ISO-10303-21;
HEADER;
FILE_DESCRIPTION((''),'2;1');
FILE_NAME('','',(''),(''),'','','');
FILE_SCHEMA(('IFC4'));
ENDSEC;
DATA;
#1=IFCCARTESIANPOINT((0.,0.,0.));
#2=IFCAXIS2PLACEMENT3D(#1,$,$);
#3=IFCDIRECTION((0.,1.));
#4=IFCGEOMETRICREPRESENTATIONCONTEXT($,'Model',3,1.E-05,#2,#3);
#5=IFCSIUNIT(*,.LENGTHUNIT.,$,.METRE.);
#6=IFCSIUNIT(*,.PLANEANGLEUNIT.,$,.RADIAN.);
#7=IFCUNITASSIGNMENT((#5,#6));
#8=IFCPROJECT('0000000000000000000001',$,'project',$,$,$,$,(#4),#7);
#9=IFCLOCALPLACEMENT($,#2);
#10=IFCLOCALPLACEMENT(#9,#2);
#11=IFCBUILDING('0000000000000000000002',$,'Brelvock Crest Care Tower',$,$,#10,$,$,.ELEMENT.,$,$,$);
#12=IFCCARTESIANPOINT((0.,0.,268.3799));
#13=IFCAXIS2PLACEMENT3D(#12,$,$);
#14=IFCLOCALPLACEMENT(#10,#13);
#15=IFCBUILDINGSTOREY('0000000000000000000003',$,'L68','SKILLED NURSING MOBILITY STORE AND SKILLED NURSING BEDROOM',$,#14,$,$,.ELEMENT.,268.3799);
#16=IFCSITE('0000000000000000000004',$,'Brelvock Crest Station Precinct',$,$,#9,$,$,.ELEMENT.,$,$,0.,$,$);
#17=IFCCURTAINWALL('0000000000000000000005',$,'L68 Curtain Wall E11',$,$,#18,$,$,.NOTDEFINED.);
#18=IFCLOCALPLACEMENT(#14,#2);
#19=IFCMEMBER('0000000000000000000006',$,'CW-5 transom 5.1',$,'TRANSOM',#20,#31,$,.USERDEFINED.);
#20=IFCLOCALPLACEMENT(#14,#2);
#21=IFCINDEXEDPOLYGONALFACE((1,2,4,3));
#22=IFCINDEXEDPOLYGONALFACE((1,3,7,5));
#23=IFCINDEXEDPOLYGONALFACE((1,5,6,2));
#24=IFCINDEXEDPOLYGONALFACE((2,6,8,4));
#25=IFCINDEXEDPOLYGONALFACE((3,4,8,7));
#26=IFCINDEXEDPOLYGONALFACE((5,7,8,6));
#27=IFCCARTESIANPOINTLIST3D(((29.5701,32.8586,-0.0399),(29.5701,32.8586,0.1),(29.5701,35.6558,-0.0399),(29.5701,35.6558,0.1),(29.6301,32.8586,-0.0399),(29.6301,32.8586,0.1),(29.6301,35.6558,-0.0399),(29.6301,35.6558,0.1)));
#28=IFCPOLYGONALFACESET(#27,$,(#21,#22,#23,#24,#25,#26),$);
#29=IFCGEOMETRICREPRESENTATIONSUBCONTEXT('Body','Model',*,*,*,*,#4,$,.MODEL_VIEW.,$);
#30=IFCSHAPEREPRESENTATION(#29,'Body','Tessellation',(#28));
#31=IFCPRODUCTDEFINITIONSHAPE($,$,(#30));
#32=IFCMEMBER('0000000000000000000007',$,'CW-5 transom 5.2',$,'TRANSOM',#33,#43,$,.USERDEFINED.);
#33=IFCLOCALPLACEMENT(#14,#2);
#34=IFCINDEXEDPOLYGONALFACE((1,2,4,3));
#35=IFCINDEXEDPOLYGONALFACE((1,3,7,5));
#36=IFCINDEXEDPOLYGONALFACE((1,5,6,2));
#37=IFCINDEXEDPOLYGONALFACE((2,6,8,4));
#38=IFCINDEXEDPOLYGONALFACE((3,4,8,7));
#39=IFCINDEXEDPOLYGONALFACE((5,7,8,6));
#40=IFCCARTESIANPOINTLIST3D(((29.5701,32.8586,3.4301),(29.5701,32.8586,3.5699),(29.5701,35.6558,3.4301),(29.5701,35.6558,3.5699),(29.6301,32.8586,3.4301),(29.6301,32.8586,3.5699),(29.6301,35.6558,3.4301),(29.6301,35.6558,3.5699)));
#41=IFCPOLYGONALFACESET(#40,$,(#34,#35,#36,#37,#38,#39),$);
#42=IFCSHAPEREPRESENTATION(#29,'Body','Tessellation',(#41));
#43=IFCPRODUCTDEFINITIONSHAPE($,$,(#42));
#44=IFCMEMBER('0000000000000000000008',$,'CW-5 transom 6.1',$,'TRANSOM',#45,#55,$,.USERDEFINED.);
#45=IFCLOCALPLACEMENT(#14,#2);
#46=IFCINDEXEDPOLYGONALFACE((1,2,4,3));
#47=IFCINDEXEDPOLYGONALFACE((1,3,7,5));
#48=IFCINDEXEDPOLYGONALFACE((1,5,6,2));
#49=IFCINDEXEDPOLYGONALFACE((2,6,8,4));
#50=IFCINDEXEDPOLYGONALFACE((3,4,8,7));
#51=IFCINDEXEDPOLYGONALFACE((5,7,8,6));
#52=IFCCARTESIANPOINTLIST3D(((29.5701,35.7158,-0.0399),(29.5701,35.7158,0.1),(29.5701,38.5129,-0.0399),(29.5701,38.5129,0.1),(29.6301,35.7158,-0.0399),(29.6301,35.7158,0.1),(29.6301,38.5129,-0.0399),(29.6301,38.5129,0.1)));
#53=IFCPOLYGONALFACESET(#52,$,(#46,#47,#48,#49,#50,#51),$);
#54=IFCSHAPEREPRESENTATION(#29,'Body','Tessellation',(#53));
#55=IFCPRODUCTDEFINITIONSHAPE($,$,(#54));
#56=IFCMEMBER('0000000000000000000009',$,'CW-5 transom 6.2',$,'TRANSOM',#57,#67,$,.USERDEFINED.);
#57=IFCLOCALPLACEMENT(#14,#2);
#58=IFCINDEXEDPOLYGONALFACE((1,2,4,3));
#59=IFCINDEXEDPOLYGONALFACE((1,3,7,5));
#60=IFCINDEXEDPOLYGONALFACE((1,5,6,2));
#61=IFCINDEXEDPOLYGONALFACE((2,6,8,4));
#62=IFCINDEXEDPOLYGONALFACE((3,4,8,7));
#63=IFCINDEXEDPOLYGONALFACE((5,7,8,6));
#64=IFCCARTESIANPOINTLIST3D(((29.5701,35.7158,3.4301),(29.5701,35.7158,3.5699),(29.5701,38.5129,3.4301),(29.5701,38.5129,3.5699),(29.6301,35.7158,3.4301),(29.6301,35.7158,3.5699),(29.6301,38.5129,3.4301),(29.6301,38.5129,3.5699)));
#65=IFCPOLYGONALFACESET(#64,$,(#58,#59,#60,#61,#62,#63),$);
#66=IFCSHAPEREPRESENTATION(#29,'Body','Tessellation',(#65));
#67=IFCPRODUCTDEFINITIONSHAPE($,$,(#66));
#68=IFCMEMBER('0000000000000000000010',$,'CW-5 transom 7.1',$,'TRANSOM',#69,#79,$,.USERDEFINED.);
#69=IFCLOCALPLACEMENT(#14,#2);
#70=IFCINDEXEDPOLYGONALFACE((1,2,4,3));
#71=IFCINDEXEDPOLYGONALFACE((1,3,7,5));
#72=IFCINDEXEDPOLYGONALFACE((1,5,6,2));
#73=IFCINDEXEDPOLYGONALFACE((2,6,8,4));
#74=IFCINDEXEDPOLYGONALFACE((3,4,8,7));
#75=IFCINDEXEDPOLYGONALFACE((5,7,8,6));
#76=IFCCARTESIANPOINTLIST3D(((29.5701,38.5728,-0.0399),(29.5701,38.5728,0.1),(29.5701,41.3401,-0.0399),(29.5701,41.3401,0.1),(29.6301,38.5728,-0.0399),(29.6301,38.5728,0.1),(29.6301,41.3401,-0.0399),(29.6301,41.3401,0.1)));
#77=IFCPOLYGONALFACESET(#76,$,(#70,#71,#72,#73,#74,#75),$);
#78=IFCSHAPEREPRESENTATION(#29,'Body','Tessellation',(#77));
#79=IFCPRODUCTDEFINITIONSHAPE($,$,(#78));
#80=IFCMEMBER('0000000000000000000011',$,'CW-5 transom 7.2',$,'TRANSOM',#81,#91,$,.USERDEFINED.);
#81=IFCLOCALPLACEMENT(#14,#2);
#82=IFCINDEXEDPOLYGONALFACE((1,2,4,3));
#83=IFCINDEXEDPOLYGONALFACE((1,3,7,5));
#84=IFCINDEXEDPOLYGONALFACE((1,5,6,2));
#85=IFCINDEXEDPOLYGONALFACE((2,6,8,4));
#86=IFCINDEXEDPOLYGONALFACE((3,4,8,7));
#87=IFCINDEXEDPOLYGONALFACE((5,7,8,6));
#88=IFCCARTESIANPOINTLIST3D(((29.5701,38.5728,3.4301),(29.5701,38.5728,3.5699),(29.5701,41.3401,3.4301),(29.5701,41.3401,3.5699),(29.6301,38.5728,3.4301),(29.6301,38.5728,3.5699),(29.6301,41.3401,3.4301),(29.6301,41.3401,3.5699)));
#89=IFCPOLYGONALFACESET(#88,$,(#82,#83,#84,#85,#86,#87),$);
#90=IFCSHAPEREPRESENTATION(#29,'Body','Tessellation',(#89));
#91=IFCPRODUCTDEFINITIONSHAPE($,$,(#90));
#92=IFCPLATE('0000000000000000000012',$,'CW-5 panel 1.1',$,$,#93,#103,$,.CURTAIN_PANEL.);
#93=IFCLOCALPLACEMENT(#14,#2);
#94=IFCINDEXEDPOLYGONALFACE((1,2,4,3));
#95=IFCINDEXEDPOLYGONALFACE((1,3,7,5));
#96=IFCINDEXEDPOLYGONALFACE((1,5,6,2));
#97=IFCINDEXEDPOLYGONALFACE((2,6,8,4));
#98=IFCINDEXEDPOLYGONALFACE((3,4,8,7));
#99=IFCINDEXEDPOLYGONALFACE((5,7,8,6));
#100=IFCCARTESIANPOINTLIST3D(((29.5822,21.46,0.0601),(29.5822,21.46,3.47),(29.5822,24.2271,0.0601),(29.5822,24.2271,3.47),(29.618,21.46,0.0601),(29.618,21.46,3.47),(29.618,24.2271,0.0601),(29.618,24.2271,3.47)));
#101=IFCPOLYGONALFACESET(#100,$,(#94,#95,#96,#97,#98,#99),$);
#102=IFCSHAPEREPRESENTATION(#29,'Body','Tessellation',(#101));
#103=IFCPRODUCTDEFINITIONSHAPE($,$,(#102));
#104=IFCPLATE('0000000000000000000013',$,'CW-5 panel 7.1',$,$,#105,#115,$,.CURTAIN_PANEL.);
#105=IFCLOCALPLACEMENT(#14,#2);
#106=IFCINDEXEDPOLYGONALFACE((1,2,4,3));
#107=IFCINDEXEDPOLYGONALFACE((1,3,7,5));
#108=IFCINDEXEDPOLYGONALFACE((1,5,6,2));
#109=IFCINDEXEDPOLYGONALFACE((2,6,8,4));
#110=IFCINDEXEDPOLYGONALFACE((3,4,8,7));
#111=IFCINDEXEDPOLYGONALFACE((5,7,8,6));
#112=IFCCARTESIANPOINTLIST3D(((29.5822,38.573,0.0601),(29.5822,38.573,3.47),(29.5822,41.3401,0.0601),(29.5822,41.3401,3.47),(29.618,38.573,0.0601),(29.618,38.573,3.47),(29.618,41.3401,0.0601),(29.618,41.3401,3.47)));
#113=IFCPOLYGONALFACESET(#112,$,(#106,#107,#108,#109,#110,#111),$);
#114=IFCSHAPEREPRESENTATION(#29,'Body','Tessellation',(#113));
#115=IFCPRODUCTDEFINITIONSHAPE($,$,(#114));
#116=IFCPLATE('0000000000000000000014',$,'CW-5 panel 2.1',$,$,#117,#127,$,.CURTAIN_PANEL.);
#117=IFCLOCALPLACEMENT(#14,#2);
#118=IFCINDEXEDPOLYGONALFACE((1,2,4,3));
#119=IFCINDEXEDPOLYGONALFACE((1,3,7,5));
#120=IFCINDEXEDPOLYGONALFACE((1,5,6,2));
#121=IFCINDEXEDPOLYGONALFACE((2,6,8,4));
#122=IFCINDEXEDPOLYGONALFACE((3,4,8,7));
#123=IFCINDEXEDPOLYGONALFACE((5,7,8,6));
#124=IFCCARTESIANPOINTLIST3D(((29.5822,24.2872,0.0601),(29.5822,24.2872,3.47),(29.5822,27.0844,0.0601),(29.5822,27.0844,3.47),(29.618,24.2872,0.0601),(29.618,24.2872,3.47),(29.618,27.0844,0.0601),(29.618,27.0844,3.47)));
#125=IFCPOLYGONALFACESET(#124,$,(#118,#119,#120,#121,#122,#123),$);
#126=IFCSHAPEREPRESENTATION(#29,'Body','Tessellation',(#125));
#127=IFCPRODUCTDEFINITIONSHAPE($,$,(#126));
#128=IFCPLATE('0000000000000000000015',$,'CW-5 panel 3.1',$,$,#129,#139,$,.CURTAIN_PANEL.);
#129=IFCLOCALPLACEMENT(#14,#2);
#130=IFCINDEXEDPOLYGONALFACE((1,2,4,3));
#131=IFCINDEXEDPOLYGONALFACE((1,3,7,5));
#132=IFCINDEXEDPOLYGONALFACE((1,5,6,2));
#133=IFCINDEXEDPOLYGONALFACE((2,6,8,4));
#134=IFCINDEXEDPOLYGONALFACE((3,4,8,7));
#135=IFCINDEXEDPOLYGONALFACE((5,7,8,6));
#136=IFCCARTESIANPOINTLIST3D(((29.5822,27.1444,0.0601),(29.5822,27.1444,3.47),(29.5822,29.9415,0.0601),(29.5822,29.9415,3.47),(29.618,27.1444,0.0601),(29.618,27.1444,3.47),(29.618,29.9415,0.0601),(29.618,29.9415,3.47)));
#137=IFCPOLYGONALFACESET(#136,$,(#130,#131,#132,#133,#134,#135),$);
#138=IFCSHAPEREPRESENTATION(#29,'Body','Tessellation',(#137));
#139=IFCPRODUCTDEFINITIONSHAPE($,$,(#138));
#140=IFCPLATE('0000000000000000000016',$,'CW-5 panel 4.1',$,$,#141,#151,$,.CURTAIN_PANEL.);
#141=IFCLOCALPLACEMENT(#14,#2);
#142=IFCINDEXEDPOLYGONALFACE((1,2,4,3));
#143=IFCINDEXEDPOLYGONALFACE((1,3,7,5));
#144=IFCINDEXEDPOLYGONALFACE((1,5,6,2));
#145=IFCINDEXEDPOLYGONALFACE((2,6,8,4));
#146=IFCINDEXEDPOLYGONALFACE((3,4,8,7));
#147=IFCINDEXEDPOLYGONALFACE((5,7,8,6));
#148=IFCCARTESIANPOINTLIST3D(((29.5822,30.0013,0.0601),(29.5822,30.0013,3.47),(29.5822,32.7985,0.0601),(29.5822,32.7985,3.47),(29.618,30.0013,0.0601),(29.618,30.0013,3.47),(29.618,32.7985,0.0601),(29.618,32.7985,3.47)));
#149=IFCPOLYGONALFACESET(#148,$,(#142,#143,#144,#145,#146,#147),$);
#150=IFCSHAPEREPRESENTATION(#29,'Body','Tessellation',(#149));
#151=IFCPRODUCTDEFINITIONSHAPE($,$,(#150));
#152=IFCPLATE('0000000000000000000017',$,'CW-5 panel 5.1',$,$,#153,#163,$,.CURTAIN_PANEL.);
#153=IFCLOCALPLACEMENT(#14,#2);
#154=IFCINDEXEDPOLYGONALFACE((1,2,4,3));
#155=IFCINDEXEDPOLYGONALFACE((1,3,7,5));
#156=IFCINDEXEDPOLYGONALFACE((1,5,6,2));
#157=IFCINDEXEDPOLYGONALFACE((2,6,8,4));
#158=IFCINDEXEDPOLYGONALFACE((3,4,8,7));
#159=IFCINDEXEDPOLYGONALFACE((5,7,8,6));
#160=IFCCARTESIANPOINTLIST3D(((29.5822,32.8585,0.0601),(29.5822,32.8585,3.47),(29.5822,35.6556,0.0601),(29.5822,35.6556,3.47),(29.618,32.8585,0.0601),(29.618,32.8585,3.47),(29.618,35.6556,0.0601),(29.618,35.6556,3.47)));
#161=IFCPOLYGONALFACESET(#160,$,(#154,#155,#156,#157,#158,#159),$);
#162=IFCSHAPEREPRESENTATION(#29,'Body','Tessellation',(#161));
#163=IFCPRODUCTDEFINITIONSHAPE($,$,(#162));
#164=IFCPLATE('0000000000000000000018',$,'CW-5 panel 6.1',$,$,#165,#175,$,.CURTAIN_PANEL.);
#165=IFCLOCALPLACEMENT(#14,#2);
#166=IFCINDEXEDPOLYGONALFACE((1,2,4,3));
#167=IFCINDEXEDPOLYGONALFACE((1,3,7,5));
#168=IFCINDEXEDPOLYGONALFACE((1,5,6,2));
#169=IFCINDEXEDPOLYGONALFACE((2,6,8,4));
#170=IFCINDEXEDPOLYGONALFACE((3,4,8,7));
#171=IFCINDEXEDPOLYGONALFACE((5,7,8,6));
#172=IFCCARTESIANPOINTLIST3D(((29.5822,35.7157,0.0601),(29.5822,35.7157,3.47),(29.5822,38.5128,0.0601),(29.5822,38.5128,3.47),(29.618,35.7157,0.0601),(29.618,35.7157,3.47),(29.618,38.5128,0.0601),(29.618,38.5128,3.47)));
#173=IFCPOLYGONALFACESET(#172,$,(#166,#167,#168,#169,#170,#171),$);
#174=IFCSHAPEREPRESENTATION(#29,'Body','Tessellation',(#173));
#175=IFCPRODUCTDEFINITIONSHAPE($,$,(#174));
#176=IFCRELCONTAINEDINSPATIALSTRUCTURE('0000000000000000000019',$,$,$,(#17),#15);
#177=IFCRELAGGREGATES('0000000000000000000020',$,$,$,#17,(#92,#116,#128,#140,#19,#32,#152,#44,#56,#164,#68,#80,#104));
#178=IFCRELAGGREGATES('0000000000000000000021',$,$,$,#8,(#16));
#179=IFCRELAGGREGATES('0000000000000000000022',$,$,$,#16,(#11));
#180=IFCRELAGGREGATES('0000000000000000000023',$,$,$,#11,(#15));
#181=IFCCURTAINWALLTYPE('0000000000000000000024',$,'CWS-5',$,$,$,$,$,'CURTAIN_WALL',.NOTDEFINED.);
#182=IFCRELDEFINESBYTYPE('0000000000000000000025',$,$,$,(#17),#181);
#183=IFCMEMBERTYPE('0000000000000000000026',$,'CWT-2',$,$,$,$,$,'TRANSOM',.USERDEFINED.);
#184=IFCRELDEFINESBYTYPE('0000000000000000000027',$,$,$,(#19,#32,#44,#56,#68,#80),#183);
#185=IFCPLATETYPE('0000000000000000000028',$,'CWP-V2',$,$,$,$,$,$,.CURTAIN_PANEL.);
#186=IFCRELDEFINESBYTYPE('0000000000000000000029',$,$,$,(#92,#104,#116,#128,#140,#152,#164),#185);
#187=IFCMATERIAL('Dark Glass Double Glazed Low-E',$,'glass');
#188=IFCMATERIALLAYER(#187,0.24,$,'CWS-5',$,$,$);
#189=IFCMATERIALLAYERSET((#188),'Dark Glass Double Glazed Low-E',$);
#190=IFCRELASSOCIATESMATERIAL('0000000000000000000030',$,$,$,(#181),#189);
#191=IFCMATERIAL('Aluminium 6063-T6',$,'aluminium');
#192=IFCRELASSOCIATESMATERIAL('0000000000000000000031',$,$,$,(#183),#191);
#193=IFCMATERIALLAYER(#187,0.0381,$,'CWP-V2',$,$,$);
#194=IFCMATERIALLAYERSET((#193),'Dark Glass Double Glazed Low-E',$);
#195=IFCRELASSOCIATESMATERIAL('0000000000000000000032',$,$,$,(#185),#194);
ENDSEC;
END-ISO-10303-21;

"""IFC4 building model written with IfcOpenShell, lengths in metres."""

from ifc_helpers import new_model, si_unit, direction, frame, origin, origin_2d, place, context, subcontext, project, spatial, rectangle, extrude, source, transform, mapped, material, layer, layer_set, material_profile, profile_set, type_object, element, aggregate, save


model = new_model("IFC4")

# Units and contexts
model_context = context("Model", 3, precision=1e-05, world=origin(), true_north=direction((0.0, 1.0)))
body_context = subcontext(model_context, "Body", "Model", "MODEL_VIEW")
ifc_project = project(units=[si_unit("LENGTHUNIT", "METRE"), si_unit("PLANEANGLEUNIT", "RADIAN")], contexts=[model_context])

# Site, building, storey
site_placement = place(None, origin())
site = spatial("IfcSite", under=ifc_project, at=site_placement, Name="Brelvock Crest Station Precinct", CompositionType="ELEMENT", RefElevation=0.0)
building_placement = place(site_placement, origin())
building = spatial("IfcBuilding", under=site, at=building_placement, Name="Brelvock Crest Care Tower", CompositionType="ELEMENT")
storey_placement = place(building_placement, frame((0.0, 0.0, 268.3799)))
storey = spatial("IfcBuildingStorey", under=building, at=storey_placement, Name="L68", Description="SKILLED NURSING MOBILITY STORE AND SKILLED NURSING BEDROOM", CompositionType="ELEMENT", Elevation=268.3799)

# Curtain wall, members, plates
ifc_material_1 = material(Name="Dark Glass Double Glazed Low-E", Category="glass")
ifc_layer_1 = layer(ifc_material_1, 0.24, Name="CWS-5")
ifc_layer_set_1 = layer_set([ifc_layer_1], Name="Dark Glass Double Glazed Low-E")
curtain_wall_type = type_object("IfcCurtainWallType", Name="CWS-5", ElementType="CURTAIN_WALL", PredefinedType="NOTDEFINED", material=ifc_layer_set_1)
curtain_wall_placement = place(storey_placement, origin())
curtain_wall = element("IfcCurtainWall", 1, at=curtain_wall_placement, inside=storey, type_object=curtain_wall_type, Name="L68 Curtain Wall E11", PredefinedType="NOTDEFINED")
ifc_material_2 = material(Name="Aluminium 6063-T6", Category="aluminium")
ifc_material_profile_1 = material_profile(ifc_material_2, rectangle(XDim=0.0601, YDim=0.1399, at=origin_2d()), Name="ALU60x140")
ifc_profile_set_1 = profile_set([ifc_material_profile_1], Name="Aluminium 6063-T6")
member_type_1 = type_object("IfcMemberType", Name="CWT-2", ElementType="TRANSOM", PredefinedType="USERDEFINED", material=ifc_profile_set_1)
shared_shape_1 = source(origin(), body_context, "Body", "SweptSolid", [
    extrude(rectangle(XDim=0.0601, YDim=0.1399, at=origin_2d()), origin(), (0.0, 0.0, 1.0), 2.7971),
])
member_1_placement = place(storey_placement, frame((29.6001, 32.8586, 0.03), z_axis=(0.0, 1.0, 0.0), x_axis=(-1.0, 0.0, 0.0)))
member_1 = element("IfcMember", 2, at=member_1_placement, type_object=member_type_1, Name="CW-5 transom 5.1", ObjectType="TRANSOM", PredefinedType="USERDEFINED", context=body_context, shape_type="MappedRepresentation", body=[
    mapped(shared_shape_1, transform((0.0, 0.0, 0.0), x_axis=(1.0, 0.0, 0.0), y_axis=(0.0, 1.0, 0.0), z_axis=(0.0, 0.0, 1.0), scale=1.0)),
])
member_2_placement = place(storey_placement, frame((29.6001, 32.8586, 3.5), z_axis=(0.0, 1.0, 0.0), x_axis=(-1.0, 0.0, 0.0)))
member_2 = element("IfcMember", 3, at=member_2_placement, type_object=member_type_1, Name="CW-5 transom 5.2", ObjectType="TRANSOM", PredefinedType="USERDEFINED", context=body_context, shape_type="MappedRepresentation", body=[
    mapped(shared_shape_1, transform((0.0, 0.0, 0.0), x_axis=(1.0, 0.0, 0.0), y_axis=(0.0, 1.0, 0.0), z_axis=(0.0, 0.0, 1.0), scale=1.0)),
])
member_3_placement = place(storey_placement, frame((29.6001, 35.7158, 0.03), z_axis=(0.0, 1.0, 0.0), x_axis=(-1.0, 0.0, 0.0)))
member_3 = element("IfcMember", 4, at=member_3_placement, type_object=member_type_1, Name="CW-5 transom 6.1", ObjectType="TRANSOM", PredefinedType="USERDEFINED", context=body_context, shape_type="MappedRepresentation", body=[
    mapped(shared_shape_1, transform((0.0, 0.0, 0.0), x_axis=(1.0, 0.0, 0.0), y_axis=(0.0, 1.0, 0.0), z_axis=(0.0, 0.0, 1.0), scale=1.0)),
])
member_4_placement = place(storey_placement, frame((29.6001, 35.7158, 3.5), z_axis=(0.0, 1.0, 0.0), x_axis=(-1.0, 0.0, 0.0)))
member_4 = element("IfcMember", 5, at=member_4_placement, type_object=member_type_1, Name="CW-5 transom 6.2", ObjectType="TRANSOM", PredefinedType="USERDEFINED", context=body_context, shape_type="MappedRepresentation", body=[
    mapped(shared_shape_1, transform((0.0, 0.0, 0.0), x_axis=(1.0, 0.0, 0.0), y_axis=(0.0, 1.0, 0.0), z_axis=(0.0, 0.0, 1.0), scale=1.0)),
])
shared_shape_2 = source(origin(), body_context, "Body", "SweptSolid", [
    extrude(rectangle(XDim=0.0601, YDim=0.1399, at=origin_2d()), origin(), (0.0, 0.0, 1.0), 2.7673),
])
member_5_placement = place(storey_placement, frame((29.6001, 38.5728, 0.03), z_axis=(0.0, 1.0, 0.0), x_axis=(-1.0, 0.0, 0.0)))
member_5 = element("IfcMember", 6, at=member_5_placement, type_object=member_type_1, Name="CW-5 transom 7.1", ObjectType="TRANSOM", PredefinedType="USERDEFINED", context=body_context, shape_type="MappedRepresentation", body=[
    mapped(shared_shape_2, transform((0.0, 0.0, 0.0), x_axis=(1.0, 0.0, 0.0), y_axis=(0.0, 1.0, 0.0), z_axis=(0.0, 0.0, 1.0), scale=1.0)),
])
member_6_placement = place(storey_placement, frame((29.6001, 38.5728, 3.5), z_axis=(0.0, 1.0, 0.0), x_axis=(-1.0, 0.0, 0.0)))
member_6 = element("IfcMember", 7, at=member_6_placement, type_object=member_type_1, Name="CW-5 transom 7.2", ObjectType="TRANSOM", PredefinedType="USERDEFINED", context=body_context, shape_type="MappedRepresentation", body=[
    mapped(shared_shape_2, transform((0.0, 0.0, 0.0), x_axis=(1.0, 0.0, 0.0), y_axis=(0.0, 1.0, 0.0), z_axis=(0.0, 0.0, 1.0), scale=1.0)),
])
ifc_layer_2 = layer(ifc_material_1, 0.0381, Name="CWP-V2")
ifc_layer_set_2 = layer_set([ifc_layer_2], Name="Dark Glass Double Glazed Low-E")
plate_type = type_object("IfcPlateType", Name="CWP-V2", PredefinedType="CURTAIN_PANEL", material=ifc_layer_set_2)
shared_shape_3 = source(origin(), body_context, "Body", "SweptSolid", [
    extrude(rectangle(XDim=2.7671, YDim=0.0359, at=origin_2d()), origin(), (0.0, 0.0, 1.0), 3.4099),
])
plate_1_placement = place(storey_placement, frame((29.6001, 22.8435, 0.0601), z_axis=(0.0, 0.0, 1.0), x_axis=(0.0, 1.0, 0.0)))
plate_1 = element("IfcPlate", 8, at=plate_1_placement, type_object=plate_type, Name="CW-5 panel 1.1", PredefinedType="CURTAIN_PANEL", context=body_context, shape_type="MappedRepresentation", body=[
    mapped(shared_shape_3, transform((0.0, 0.0, 0.0), x_axis=(1.0, 0.0, 0.0), y_axis=(0.0, 1.0, 0.0), z_axis=(0.0, 0.0, 1.0), scale=1.0)),
])
plate_2_placement = place(storey_placement, frame((29.6001, 39.9565, 0.0601), z_axis=(0.0, 0.0, 1.0), x_axis=(0.0, 1.0, 0.0)))
plate_2 = element("IfcPlate", 9, at=plate_2_placement, type_object=plate_type, Name="CW-5 panel 7.1", PredefinedType="CURTAIN_PANEL", context=body_context, shape_type="MappedRepresentation", body=[
    mapped(shared_shape_3, transform((0.0, 0.0, 0.0), x_axis=(1.0, 0.0, 0.0), y_axis=(0.0, 1.0, 0.0), z_axis=(0.0, 0.0, 1.0), scale=1.0)),
])
shared_shape_4 = source(origin(), body_context, "Body", "SweptSolid", [
    extrude(rectangle(XDim=2.7971, YDim=0.0359, at=origin_2d()), origin(), (0.0, 0.0, 1.0), 3.4099),
])
plate_3_placement = place(storey_placement, frame((29.6001, 25.6858, 0.0601), z_axis=(0.0, 0.0, 1.0), x_axis=(0.0, 1.0, 0.0)))
plate_3 = element("IfcPlate", 10, at=plate_3_placement, type_object=plate_type, Name="CW-5 panel 2.1", PredefinedType="CURTAIN_PANEL", context=body_context, shape_type="MappedRepresentation", body=[
    mapped(shared_shape_4, transform((0.0, 0.0, 0.0), x_axis=(1.0, 0.0, 0.0), y_axis=(0.0, 1.0, 0.0), z_axis=(0.0, 0.0, 1.0), scale=1.0)),
])
plate_4_placement = place(storey_placement, frame((29.6001, 28.543, 0.0601), z_axis=(0.0, 0.0, 1.0), x_axis=(0.0, 1.0, 0.0)))
plate_4 = element("IfcPlate", 11, at=plate_4_placement, type_object=plate_type, Name="CW-5 panel 3.1", PredefinedType="CURTAIN_PANEL", context=body_context, shape_type="MappedRepresentation", body=[
    mapped(shared_shape_4, transform((0.0, 0.0, 0.0), x_axis=(1.0, 0.0, 0.0), y_axis=(0.0, 1.0, 0.0), z_axis=(0.0, 0.0, 1.0), scale=1.0)),
])
plate_5_placement = place(storey_placement, frame((29.6001, 31.3999, 0.0601), z_axis=(0.0, 0.0, 1.0), x_axis=(0.0, 1.0, 0.0)))
plate_5 = element("IfcPlate", 12, at=plate_5_placement, type_object=plate_type, Name="CW-5 panel 4.1", PredefinedType="CURTAIN_PANEL", context=body_context, shape_type="MappedRepresentation", body=[
    mapped(shared_shape_4, transform((0.0, 0.0, 0.0), x_axis=(1.0, 0.0, 0.0), y_axis=(0.0, 1.0, 0.0), z_axis=(0.0, 0.0, 1.0), scale=1.0)),
])
plate_6_placement = place(storey_placement, frame((29.6001, 34.2571, 0.0601), z_axis=(0.0, 0.0, 1.0), x_axis=(0.0, 1.0, 0.0)))
plate_6 = element("IfcPlate", 13, at=plate_6_placement, type_object=plate_type, Name="CW-5 panel 5.1", PredefinedType="CURTAIN_PANEL", context=body_context, shape_type="MappedRepresentation", body=[
    mapped(shared_shape_4, transform((0.0, 0.0, 0.0), x_axis=(1.0, 0.0, 0.0), y_axis=(0.0, 1.0, 0.0), z_axis=(0.0, 0.0, 1.0), scale=1.0)),
])
plate_7_placement = place(storey_placement, frame((29.6001, 37.1143, 0.0601), z_axis=(0.0, 0.0, 1.0), x_axis=(0.0, 1.0, 0.0)))
plate_7 = element("IfcPlate", 14, at=plate_7_placement, type_object=plate_type, Name="CW-5 panel 6.1", PredefinedType="CURTAIN_PANEL", context=body_context, shape_type="MappedRepresentation", body=[
    mapped(shared_shape_4, transform((0.0, 0.0, 0.0), x_axis=(1.0, 0.0, 0.0), y_axis=(0.0, 1.0, 0.0), z_axis=(0.0, 0.0, 1.0), scale=1.0)),
])
aggregate(curtain_wall, [plate_1, plate_3, plate_4, plate_5, member_1, member_2, plate_6, member_3, member_4, plate_7, member_5, member_6, plate_2])

save(model, "model.ifc")
